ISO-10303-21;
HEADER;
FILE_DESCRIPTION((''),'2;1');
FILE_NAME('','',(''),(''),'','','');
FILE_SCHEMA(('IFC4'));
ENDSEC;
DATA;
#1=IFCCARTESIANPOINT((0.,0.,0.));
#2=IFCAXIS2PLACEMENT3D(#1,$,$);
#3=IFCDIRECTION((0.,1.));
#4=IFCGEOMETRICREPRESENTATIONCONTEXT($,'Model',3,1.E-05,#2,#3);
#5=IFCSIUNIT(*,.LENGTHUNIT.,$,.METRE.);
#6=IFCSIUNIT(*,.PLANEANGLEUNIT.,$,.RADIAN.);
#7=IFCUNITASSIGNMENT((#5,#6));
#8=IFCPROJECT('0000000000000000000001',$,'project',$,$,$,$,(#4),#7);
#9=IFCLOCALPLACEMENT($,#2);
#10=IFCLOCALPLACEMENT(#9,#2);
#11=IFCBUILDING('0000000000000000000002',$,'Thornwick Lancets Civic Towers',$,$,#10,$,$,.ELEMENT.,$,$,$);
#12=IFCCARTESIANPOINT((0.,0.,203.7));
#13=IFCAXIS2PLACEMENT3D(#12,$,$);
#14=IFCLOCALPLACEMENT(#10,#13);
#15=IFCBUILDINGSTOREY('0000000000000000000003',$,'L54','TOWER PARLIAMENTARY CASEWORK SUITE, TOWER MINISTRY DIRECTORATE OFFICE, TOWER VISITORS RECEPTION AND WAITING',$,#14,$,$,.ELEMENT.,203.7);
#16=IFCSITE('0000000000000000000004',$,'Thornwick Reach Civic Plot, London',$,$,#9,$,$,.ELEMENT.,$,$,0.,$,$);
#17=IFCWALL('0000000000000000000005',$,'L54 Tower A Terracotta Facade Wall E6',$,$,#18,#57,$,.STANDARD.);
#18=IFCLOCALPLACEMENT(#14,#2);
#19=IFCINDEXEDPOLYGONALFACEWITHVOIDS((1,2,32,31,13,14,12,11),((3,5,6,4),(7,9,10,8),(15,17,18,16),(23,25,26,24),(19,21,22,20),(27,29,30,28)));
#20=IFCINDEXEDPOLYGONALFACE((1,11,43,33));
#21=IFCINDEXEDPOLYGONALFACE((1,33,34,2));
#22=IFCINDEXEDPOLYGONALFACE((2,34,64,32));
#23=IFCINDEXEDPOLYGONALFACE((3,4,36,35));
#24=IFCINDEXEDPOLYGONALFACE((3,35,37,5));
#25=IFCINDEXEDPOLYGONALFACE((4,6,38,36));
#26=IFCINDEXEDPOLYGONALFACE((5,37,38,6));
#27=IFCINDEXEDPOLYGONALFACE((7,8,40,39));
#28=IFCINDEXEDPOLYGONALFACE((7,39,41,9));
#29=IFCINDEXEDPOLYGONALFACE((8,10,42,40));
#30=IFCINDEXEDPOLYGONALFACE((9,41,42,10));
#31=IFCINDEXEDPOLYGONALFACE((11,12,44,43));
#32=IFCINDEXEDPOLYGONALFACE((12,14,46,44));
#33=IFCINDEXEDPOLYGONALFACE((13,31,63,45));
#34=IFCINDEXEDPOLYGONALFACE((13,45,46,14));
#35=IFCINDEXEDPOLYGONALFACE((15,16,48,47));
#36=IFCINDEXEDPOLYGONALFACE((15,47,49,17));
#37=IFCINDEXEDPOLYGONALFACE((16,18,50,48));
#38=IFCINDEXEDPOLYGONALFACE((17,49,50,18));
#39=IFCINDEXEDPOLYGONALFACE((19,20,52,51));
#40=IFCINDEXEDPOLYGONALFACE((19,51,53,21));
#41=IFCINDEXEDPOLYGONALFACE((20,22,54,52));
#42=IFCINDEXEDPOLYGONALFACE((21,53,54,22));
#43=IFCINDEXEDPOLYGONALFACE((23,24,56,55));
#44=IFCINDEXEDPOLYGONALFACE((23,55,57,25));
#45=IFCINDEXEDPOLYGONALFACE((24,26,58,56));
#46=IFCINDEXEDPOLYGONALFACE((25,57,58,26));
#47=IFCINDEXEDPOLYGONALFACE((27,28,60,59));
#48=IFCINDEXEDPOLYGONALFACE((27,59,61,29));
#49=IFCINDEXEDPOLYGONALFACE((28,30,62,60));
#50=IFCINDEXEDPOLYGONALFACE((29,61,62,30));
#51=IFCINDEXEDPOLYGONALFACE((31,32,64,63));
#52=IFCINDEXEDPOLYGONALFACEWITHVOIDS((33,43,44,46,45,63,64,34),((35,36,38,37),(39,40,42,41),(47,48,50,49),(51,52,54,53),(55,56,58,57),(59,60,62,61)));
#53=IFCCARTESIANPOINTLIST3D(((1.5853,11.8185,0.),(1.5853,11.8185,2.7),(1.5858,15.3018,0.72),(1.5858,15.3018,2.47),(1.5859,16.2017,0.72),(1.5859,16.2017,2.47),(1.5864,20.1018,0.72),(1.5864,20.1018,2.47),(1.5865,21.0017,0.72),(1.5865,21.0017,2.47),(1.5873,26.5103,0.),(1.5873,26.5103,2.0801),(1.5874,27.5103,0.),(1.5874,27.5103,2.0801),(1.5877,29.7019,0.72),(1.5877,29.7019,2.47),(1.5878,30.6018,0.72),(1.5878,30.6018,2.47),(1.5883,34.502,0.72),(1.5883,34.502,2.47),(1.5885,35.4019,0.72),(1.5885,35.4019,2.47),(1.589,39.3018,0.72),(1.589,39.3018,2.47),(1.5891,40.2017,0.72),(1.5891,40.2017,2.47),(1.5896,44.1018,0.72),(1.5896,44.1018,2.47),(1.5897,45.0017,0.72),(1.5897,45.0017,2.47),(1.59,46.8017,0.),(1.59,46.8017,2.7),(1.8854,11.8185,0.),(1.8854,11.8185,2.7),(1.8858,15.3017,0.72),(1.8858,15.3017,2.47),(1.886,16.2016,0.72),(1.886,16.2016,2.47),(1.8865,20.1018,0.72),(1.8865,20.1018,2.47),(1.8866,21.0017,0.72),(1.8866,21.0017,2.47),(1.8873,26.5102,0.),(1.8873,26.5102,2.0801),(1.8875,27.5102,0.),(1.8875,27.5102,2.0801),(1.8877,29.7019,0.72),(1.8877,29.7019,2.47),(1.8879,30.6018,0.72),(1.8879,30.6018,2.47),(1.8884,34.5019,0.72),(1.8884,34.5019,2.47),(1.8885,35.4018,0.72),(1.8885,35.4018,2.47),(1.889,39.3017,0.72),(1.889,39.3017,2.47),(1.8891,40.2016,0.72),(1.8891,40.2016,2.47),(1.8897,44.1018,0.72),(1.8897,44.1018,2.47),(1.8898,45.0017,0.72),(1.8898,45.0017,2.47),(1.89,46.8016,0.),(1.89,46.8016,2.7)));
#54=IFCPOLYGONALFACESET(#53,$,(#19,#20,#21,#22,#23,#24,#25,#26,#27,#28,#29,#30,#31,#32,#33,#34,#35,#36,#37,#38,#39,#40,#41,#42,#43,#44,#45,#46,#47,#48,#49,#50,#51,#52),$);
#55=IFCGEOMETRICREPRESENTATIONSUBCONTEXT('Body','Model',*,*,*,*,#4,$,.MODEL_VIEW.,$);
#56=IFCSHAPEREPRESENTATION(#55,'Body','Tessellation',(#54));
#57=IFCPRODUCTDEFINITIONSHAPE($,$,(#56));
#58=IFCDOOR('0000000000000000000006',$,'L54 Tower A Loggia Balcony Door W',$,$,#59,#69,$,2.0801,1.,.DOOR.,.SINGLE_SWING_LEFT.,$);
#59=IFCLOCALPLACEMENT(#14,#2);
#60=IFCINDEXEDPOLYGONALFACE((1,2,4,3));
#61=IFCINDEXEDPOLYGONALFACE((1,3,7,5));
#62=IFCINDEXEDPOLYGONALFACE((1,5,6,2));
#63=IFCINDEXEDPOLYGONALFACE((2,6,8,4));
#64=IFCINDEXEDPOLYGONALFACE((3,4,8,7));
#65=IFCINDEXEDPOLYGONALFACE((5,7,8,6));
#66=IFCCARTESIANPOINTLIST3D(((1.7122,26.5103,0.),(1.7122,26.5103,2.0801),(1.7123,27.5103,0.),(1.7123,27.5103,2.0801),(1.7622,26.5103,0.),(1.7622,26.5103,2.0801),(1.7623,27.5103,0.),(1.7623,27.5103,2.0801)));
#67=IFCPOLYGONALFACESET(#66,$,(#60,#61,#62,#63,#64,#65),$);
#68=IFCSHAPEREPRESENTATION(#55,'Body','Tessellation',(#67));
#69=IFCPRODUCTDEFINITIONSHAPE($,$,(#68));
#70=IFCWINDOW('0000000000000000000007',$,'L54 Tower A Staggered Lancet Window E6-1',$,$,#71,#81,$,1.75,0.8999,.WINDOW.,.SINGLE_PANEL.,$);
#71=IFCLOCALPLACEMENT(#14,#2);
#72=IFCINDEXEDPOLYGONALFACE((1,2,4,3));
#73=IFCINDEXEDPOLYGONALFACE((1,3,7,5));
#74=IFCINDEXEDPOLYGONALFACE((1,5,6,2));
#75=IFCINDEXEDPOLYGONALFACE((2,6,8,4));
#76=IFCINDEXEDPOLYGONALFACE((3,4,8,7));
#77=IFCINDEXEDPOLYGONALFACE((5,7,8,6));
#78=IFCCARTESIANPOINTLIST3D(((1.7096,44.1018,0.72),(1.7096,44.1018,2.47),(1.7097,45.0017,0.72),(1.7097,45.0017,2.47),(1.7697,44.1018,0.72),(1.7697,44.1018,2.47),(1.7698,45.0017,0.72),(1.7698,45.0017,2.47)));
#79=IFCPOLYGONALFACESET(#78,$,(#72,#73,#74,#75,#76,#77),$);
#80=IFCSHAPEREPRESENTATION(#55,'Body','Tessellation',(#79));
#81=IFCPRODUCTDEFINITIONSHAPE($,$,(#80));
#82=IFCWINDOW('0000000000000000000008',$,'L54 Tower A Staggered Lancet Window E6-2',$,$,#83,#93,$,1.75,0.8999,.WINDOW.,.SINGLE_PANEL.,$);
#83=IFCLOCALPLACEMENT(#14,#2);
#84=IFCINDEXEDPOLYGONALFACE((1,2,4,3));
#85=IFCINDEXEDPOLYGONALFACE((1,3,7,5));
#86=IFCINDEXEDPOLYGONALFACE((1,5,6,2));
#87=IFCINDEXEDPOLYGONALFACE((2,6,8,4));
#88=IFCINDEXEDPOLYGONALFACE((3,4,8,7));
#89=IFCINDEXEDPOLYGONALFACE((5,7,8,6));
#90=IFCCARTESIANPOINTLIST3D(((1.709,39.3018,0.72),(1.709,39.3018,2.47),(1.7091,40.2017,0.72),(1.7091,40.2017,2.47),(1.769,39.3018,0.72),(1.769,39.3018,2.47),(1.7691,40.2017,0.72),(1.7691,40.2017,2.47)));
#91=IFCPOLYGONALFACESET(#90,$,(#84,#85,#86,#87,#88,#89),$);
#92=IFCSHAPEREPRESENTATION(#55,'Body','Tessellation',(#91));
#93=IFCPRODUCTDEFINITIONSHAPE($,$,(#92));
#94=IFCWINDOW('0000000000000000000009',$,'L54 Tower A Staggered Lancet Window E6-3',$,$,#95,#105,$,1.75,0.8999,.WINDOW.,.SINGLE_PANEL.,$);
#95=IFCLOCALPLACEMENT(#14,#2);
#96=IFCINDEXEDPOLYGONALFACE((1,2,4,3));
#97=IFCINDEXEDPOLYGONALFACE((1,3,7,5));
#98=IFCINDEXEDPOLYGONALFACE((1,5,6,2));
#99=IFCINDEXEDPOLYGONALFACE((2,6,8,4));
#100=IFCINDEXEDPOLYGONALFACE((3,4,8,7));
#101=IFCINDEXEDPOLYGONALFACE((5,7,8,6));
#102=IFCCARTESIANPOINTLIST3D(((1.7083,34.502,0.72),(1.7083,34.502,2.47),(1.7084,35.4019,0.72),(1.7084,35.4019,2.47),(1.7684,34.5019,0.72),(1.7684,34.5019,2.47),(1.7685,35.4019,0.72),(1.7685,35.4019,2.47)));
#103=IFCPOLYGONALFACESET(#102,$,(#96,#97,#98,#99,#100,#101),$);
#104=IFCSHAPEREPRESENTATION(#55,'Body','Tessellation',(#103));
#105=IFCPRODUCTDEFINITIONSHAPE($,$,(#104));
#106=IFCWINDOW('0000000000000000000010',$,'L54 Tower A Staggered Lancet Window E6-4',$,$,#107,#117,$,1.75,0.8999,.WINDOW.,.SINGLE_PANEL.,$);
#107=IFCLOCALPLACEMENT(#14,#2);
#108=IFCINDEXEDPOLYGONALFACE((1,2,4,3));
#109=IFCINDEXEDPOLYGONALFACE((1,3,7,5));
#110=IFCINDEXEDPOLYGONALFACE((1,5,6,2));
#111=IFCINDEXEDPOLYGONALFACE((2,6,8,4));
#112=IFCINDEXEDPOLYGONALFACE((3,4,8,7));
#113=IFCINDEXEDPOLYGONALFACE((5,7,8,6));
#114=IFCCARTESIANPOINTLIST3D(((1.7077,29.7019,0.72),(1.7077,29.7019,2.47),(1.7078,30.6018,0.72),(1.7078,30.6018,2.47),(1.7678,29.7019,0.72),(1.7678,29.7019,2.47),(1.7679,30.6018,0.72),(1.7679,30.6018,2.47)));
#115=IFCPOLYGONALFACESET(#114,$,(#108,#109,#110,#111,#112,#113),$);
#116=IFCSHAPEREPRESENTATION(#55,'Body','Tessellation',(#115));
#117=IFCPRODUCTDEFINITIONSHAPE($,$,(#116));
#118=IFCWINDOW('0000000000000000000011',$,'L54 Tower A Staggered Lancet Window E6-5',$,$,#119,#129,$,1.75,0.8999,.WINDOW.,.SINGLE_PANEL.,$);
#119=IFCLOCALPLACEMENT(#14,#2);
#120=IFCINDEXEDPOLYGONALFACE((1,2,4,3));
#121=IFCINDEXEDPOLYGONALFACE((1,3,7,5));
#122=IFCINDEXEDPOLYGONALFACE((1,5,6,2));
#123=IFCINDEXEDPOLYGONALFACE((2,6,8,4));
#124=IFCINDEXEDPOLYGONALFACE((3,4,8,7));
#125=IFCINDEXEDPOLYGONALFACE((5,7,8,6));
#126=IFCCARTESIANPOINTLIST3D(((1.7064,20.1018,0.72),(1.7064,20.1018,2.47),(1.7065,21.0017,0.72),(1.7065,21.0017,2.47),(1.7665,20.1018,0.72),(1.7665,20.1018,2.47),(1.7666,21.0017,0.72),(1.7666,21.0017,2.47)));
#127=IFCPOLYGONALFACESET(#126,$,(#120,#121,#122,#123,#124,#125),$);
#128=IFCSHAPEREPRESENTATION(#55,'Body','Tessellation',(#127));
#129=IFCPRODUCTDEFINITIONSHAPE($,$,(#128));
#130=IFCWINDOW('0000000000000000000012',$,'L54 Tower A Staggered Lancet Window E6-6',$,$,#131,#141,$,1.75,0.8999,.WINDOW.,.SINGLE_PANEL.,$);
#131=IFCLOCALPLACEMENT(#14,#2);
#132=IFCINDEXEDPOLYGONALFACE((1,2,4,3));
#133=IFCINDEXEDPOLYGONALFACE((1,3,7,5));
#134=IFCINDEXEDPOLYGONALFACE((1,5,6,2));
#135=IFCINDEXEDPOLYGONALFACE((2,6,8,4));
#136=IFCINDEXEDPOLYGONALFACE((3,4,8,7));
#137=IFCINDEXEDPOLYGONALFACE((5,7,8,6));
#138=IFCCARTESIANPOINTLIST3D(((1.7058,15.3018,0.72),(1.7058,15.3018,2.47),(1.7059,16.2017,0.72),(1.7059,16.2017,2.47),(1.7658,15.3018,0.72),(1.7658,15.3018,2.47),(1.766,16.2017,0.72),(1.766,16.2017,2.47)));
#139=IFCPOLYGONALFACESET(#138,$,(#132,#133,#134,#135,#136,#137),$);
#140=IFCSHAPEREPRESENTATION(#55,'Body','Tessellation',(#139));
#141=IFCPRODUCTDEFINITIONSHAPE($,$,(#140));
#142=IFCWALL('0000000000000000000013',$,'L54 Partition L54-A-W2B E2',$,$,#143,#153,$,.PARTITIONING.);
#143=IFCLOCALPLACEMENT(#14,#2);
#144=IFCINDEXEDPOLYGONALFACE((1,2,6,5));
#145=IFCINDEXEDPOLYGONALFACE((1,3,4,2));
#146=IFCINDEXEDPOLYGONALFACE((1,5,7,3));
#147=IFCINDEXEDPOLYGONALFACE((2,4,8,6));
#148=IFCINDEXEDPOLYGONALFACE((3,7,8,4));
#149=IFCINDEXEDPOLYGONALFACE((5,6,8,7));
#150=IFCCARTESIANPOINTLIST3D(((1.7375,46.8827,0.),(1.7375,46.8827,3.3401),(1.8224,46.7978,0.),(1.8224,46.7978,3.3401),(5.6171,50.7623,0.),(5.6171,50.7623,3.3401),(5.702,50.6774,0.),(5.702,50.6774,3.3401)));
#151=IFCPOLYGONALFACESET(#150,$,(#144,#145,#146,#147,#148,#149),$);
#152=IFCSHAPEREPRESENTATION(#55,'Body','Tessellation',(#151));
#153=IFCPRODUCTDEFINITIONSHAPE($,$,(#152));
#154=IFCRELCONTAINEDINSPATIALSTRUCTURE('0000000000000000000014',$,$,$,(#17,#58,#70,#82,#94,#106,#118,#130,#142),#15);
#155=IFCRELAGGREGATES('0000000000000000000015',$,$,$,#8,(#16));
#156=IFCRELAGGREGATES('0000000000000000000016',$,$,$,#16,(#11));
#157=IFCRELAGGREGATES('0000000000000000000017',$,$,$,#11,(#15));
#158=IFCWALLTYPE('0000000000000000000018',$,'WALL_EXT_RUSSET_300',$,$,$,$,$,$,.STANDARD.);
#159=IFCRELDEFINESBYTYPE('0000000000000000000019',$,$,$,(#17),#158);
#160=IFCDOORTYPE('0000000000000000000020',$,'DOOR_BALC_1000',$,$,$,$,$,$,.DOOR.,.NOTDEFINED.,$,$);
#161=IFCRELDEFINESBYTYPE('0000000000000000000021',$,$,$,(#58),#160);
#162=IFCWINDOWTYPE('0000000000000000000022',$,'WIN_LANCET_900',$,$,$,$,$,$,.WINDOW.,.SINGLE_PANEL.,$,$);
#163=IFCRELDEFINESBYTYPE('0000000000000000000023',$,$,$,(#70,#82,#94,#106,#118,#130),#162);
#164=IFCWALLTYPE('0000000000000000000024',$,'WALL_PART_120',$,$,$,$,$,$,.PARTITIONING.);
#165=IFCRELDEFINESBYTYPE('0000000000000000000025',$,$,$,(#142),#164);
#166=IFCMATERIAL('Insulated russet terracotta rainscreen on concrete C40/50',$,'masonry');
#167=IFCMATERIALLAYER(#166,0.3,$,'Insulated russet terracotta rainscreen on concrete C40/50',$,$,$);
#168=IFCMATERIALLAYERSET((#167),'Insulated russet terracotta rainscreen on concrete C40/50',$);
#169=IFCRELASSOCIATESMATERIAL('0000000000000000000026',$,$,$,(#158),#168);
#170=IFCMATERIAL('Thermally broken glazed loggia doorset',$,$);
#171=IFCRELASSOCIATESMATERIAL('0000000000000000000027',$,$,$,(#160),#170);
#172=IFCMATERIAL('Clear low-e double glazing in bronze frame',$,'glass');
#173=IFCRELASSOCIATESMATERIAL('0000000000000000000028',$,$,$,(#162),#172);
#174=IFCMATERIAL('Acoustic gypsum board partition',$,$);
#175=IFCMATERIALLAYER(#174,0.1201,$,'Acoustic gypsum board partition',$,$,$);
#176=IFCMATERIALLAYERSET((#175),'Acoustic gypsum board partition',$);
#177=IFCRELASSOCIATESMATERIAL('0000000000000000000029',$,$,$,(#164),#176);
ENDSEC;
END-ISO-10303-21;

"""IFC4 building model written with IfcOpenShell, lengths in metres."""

from ifc_helpers import new_model, si_unit, direction, frame, frame_2d, origin, place, context, subcontext, project, spatial, rectangle, extrude, material, layer, layer_set, type_object, element, fill, save


model = new_model("IFC4")

# Units and contexts
model_context = context("Model", 3, precision=1e-05, world=origin(), true_north=direction((0.0, 1.0)))
body_context = subcontext(model_context, "Body", "Model", "MODEL_VIEW")
ifc_project = project(units=[si_unit("LENGTHUNIT", "METRE"), si_unit("PLANEANGLEUNIT", "RADIAN")], contexts=[model_context])

# Site, building, storey
site_placement = place(None, origin())
site = spatial("IfcSite", under=ifc_project, at=site_placement, Name="Thornwick Reach Civic Plot, London", CompositionType="ELEMENT", RefElevation=0.0)
building_placement = place(site_placement, origin())
building = spatial("IfcBuilding", under=site, at=building_placement, Name="Thornwick Lancets Civic Towers", CompositionType="ELEMENT")
storey_placement = place(building_placement, frame((0.0, 0.0, 203.7)))
storey = spatial("IfcBuildingStorey", under=building, at=storey_placement, Name="L54", Description="TOWER PARLIAMENTARY CASEWORK SUITE, TOWER MINISTRY DIRECTORATE OFFICE, TOWER VISITORS RECEPTION AND WAITING", CompositionType="ELEMENT", Elevation=203.7)

# Wall, openings, door, windows
ifc_material_1 = material(Name="Insulated russet terracotta rainscreen on concrete C40/50", Category="masonry")
ifc_layer_1 = layer(ifc_material_1, 0.3, Name="Insulated russet terracotta rainscreen on concrete C40/50")
ifc_layer_set_1 = layer_set([ifc_layer_1], Name="Insulated russet terracotta rainscreen on concrete C40/50")
wall_type_1 = type_object("IfcWallType", Name="WALL_EXT_RUSSET_300", PredefinedType="STANDARD", material=ifc_layer_set_1)
wall_1_placement = place(storey_placement, frame((1.74, 46.8018, 0.0), z_axis=(0.0, 0.0, 1.0), x_axis=(-0.000133, -1.0, 0.0)))
wall_1 = element("IfcWall", 1, at=wall_1_placement, inside=storey, type_object=wall_type_1, Name="L54 Tower A Terracotta Facade Wall E6", PredefinedType="STANDARD", context=body_context, shape_type="SweptSolid", body=[
    extrude(rectangle(XDim=34.9832, YDim=0.3, at=frame_2d((17.4917, 0.0))), origin(), (0.0, 0.0, 1.0), 2.7),
])
opening_1_placement = place(wall_1_placement, frame((19.2915, 0.0, 0.0)))
opening_1 = element("IfcOpeningElement", 2, at=opening_1_placement, cuts=wall_1, PredefinedType="OPENING", context=body_context, shape_type="SweptSolid", body=[
    extrude(rectangle(XDim=1.0, YDim=2.0801, at=frame_2d((0.5, 1.04))), frame((0.0, 0.1602, 0.0), z_axis=(0.0, -1.0, 0.0), x_axis=(1.0, 0.0, 0.0)), (0.0, 0.0, 1.0), 0.3201),
])
opening_2_placement = place(wall_1_placement, frame((1.8, 0.0, 0.72)))
opening_2 = element("IfcOpeningElement", 3, at=opening_2_placement, cuts=wall_1, PredefinedType="OPENING", context=body_context, shape_type="SweptSolid", body=[
    extrude(rectangle(XDim=0.8999, YDim=1.75, at=frame_2d((0.45, 0.875))), frame((0.0, 0.1602, 0.0), z_axis=(0.0, -1.0, 0.0), x_axis=(1.0, 0.0, 0.0)), (0.0, 0.0, 1.0), 0.3201),
])
opening_3_placement = place(wall_1_placement, frame((6.6001, 0.0, 0.72)))
opening_3 = element("IfcOpeningElement", 4, at=opening_3_placement, cuts=wall_1, PredefinedType="OPENING", context=body_context, shape_type="SweptSolid", body=[
    extrude(rectangle(XDim=0.8999, YDim=1.75, at=frame_2d((0.45, 0.875))), frame((0.0, 0.1602, 0.0), z_axis=(0.0, -1.0, 0.0), x_axis=(1.0, 0.0, 0.0)), (0.0, 0.0, 1.0), 0.3201),
])
opening_4_placement = place(wall_1_placement, frame((11.3999, 0.0, 0.72)))
opening_4 = element("IfcOpeningElement", 5, at=opening_4_placement, cuts=wall_1, PredefinedType="OPENING", context=body_context, shape_type="SweptSolid", body=[
    extrude(rectangle(XDim=0.8999, YDim=1.75, at=frame_2d((0.45, 0.875))), frame((0.0, 0.1602, 0.0), z_axis=(0.0, -1.0, 0.0), x_axis=(1.0, 0.0, 0.0)), (0.0, 0.0, 1.0), 0.3201),
])
opening_5_placement = place(wall_1_placement, frame((16.2, 0.0, 0.72)))
opening_5 = element("IfcOpeningElement", 6, at=opening_5_placement, cuts=wall_1, PredefinedType="OPENING", context=body_context, shape_type="SweptSolid", body=[
    extrude(rectangle(XDim=0.8999, YDim=1.75, at=frame_2d((0.45, 0.875))), frame((0.0, 0.1602, 0.0), z_axis=(0.0, -1.0, 0.0), x_axis=(1.0, 0.0, 0.0)), (0.0, 0.0, 1.0), 0.3201),
])
opening_6_placement = place(wall_1_placement, frame((25.8, 0.0, 0.72)))
opening_6 = element("IfcOpeningElement", 7, at=opening_6_placement, cuts=wall_1, PredefinedType="OPENING", context=body_context, shape_type="SweptSolid", body=[
    extrude(rectangle(XDim=0.8999, YDim=1.75, at=frame_2d((0.45, 0.875))), frame((0.0, 0.1602, 0.0), z_axis=(0.0, -1.0, 0.0), x_axis=(1.0, 0.0, 0.0)), (0.0, 0.0, 1.0), 0.3201),
])
opening_7_placement = place(wall_1_placement, frame((30.6001, 0.0, 0.72)))
opening_7 = element("IfcOpeningElement", 8, at=opening_7_placement, cuts=wall_1, PredefinedType="OPENING", context=body_context, shape_type="SweptSolid", body=[
    extrude(rectangle(XDim=0.8999, YDim=1.75, at=frame_2d((0.45, 0.875))), frame((0.0, 0.1602, 0.0), z_axis=(0.0, -1.0, 0.0), x_axis=(1.0, 0.0, 0.0)), (0.0, 0.0, 1.0), 0.3201),
])
ifc_material_2 = material(Name="Thermally broken glazed loggia doorset")
door_type = type_object("IfcDoorType", Name="DOOR_BALC_1000", OperationType="NOTDEFINED", PredefinedType="DOOR", material=ifc_material_2)
door_placement = place(opening_1_placement, origin())
door = element("IfcDoor", 9, at=door_placement, inside=storey, type_object=door_type, Name="L54 Tower A Loggia Balcony Door W", OperationType="SINGLE_SWING_LEFT", OverallHeight=2.0801, OverallWidth=1.0, PredefinedType="DOOR", context=body_context, shape_type="SweptSolid", body=[
    extrude(rectangle(XDim=1.0, YDim=2.0801, at=frame_2d((0.5, 1.04))), frame((0.0, 0.0249, 0.0), z_axis=(0.0, -1.0, 0.0), x_axis=(1.0, 0.0, 0.0)), (0.0, 0.0, 1.0), 0.05),
])
fill(opening_1, door)
ifc_material_3 = material(Name="Clear low-e double glazing in bronze frame", Category="glass")
window_type = type_object("IfcWindowType", Name="WIN_LANCET_900", PartitioningType="SINGLE_PANEL", PredefinedType="WINDOW", material=ifc_material_3)
window_1_placement = place(opening_2_placement, origin())
window_1 = element("IfcWindow", 10, at=window_1_placement, inside=storey, type_object=window_type, Name="L54 Tower A Staggered Lancet Window E6-1", OverallHeight=1.75, OverallWidth=0.8999, PartitioningType="SINGLE_PANEL", PredefinedType="WINDOW", context=body_context, shape_type="SweptSolid", body=[
    extrude(rectangle(XDim=0.8999, YDim=1.75, at=frame_2d((0.45, 0.875))), frame((0.0, 0.03, 0.0), z_axis=(0.0, -1.0, 0.0), x_axis=(1.0, 0.0, 0.0)), (0.0, 0.0, 1.0), 0.0601),
])
fill(opening_2, window_1)
window_2_placement = place(opening_3_placement, origin())
window_2 = element("IfcWindow", 11, at=window_2_placement, inside=storey, type_object=window_type, Name="L54 Tower A Staggered Lancet Window E6-2", OverallHeight=1.75, OverallWidth=0.8999, PartitioningType="SINGLE_PANEL", PredefinedType="WINDOW", context=body_context, shape_type="SweptSolid", body=[
    extrude(rectangle(XDim=0.8999, YDim=1.75, at=frame_2d((0.45, 0.875))), frame((0.0, 0.03, 0.0), z_axis=(0.0, -1.0, 0.0), x_axis=(1.0, 0.0, 0.0)), (0.0, 0.0, 1.0), 0.0601),
])
fill(opening_3, window_2)
window_3_placement = place(opening_4_placement, origin())
window_3 = element("IfcWindow", 12, at=window_3_placement, inside=storey, type_object=window_type, Name="L54 Tower A Staggered Lancet Window E6-3", OverallHeight=1.75, OverallWidth=0.8999, PartitioningType="SINGLE_PANEL", PredefinedType="WINDOW", context=body_context, shape_type="SweptSolid", body=[
    extrude(rectangle(XDim=0.8999, YDim=1.75, at=frame_2d((0.45, 0.875))), frame((0.0, 0.03, 0.0), z_axis=(0.0, -1.0, 0.0), x_axis=(1.0, 0.0, 0.0)), (0.0, 0.0, 1.0), 0.0601),
])
fill(opening_4, window_3)
window_4_placement = place(opening_5_placement, origin())
window_4 = element("IfcWindow", 13, at=window_4_placement, inside=storey, type_object=window_type, Name="L54 Tower A Staggered Lancet Window E6-4", OverallHeight=1.75, OverallWidth=0.8999, PartitioningType="SINGLE_PANEL", PredefinedType="WINDOW", context=body_context, shape_type="SweptSolid", body=[
    extrude(rectangle(XDim=0.8999, YDim=1.75, at=frame_2d((0.45, 0.875))), frame((0.0, 0.03, 0.0), z_axis=(0.0, -1.0, 0.0), x_axis=(1.0, 0.0, 0.0)), (0.0, 0.0, 1.0), 0.0601),
])
fill(opening_5, window_4)
window_5_placement = place(opening_6_placement, origin())
window_5 = element("IfcWindow", 14, at=window_5_placement, inside=storey, type_object=window_type, Name="L54 Tower A Staggered Lancet Window E6-5", OverallHeight=1.75, OverallWidth=0.8999, PartitioningType="SINGLE_PANEL", PredefinedType="WINDOW", context=body_context, shape_type="SweptSolid", body=[
    extrude(rectangle(XDim=0.8999, YDim=1.75, at=frame_2d((0.45, 0.875))), frame((0.0, 0.03, 0.0), z_axis=(0.0, -1.0, 0.0), x_axis=(1.0, 0.0, 0.0)), (0.0, 0.0, 1.0), 0.0601),
])
fill(opening_6, window_5)
window_6_placement = place(opening_7_placement, origin())
window_6 = element("IfcWindow", 15, at=window_6_placement, inside=storey, type_object=window_type, Name="L54 Tower A Staggered Lancet Window E6-6", OverallHeight=1.75, OverallWidth=0.8999, PartitioningType="SINGLE_PANEL", PredefinedType="WINDOW", context=body_context, shape_type="SweptSolid", body=[
    extrude(rectangle(XDim=0.8999, YDim=1.75, at=frame_2d((0.45, 0.875))), frame((0.0, 0.03, 0.0), z_axis=(0.0, -1.0, 0.0), x_axis=(1.0, 0.0, 0.0)), (0.0, 0.0, 1.0), 0.0601),
])
fill(opening_7, window_6)

# Wall
ifc_material_4 = material(Name="Acoustic gypsum board partition")
ifc_layer_2 = layer(ifc_material_4, 0.1201, Name="Acoustic gypsum board partition")
ifc_layer_set_2 = layer_set([ifc_layer_2], Name="Acoustic gypsum board partition")
wall_type_2 = type_object("IfcWallType", Name="WALL_PART_120", PredefinedType="PARTITIONING", material=ifc_layer_set_2)
wall_2_placement = place(storey_placement, frame((1.78, 46.8403, 0.0), z_axis=(0.0, 0.0, 1.0), x_axis=(0.707107, 0.707107, 0.0)))
element("IfcWall", 16, at=wall_2_placement, inside=storey, type_object=wall_type_2, Name="L54 Partition L54-A-W2B E2", PredefinedType="PARTITIONING", context=body_context, shape_type="SweptSolid", body=[
    extrude(rectangle(XDim=5.4866, YDim=0.1201, at=frame_2d((2.7432, 0.0))), origin(), (0.0, 0.0, 1.0), 3.3401),
])

save(model, "model.ifc")
